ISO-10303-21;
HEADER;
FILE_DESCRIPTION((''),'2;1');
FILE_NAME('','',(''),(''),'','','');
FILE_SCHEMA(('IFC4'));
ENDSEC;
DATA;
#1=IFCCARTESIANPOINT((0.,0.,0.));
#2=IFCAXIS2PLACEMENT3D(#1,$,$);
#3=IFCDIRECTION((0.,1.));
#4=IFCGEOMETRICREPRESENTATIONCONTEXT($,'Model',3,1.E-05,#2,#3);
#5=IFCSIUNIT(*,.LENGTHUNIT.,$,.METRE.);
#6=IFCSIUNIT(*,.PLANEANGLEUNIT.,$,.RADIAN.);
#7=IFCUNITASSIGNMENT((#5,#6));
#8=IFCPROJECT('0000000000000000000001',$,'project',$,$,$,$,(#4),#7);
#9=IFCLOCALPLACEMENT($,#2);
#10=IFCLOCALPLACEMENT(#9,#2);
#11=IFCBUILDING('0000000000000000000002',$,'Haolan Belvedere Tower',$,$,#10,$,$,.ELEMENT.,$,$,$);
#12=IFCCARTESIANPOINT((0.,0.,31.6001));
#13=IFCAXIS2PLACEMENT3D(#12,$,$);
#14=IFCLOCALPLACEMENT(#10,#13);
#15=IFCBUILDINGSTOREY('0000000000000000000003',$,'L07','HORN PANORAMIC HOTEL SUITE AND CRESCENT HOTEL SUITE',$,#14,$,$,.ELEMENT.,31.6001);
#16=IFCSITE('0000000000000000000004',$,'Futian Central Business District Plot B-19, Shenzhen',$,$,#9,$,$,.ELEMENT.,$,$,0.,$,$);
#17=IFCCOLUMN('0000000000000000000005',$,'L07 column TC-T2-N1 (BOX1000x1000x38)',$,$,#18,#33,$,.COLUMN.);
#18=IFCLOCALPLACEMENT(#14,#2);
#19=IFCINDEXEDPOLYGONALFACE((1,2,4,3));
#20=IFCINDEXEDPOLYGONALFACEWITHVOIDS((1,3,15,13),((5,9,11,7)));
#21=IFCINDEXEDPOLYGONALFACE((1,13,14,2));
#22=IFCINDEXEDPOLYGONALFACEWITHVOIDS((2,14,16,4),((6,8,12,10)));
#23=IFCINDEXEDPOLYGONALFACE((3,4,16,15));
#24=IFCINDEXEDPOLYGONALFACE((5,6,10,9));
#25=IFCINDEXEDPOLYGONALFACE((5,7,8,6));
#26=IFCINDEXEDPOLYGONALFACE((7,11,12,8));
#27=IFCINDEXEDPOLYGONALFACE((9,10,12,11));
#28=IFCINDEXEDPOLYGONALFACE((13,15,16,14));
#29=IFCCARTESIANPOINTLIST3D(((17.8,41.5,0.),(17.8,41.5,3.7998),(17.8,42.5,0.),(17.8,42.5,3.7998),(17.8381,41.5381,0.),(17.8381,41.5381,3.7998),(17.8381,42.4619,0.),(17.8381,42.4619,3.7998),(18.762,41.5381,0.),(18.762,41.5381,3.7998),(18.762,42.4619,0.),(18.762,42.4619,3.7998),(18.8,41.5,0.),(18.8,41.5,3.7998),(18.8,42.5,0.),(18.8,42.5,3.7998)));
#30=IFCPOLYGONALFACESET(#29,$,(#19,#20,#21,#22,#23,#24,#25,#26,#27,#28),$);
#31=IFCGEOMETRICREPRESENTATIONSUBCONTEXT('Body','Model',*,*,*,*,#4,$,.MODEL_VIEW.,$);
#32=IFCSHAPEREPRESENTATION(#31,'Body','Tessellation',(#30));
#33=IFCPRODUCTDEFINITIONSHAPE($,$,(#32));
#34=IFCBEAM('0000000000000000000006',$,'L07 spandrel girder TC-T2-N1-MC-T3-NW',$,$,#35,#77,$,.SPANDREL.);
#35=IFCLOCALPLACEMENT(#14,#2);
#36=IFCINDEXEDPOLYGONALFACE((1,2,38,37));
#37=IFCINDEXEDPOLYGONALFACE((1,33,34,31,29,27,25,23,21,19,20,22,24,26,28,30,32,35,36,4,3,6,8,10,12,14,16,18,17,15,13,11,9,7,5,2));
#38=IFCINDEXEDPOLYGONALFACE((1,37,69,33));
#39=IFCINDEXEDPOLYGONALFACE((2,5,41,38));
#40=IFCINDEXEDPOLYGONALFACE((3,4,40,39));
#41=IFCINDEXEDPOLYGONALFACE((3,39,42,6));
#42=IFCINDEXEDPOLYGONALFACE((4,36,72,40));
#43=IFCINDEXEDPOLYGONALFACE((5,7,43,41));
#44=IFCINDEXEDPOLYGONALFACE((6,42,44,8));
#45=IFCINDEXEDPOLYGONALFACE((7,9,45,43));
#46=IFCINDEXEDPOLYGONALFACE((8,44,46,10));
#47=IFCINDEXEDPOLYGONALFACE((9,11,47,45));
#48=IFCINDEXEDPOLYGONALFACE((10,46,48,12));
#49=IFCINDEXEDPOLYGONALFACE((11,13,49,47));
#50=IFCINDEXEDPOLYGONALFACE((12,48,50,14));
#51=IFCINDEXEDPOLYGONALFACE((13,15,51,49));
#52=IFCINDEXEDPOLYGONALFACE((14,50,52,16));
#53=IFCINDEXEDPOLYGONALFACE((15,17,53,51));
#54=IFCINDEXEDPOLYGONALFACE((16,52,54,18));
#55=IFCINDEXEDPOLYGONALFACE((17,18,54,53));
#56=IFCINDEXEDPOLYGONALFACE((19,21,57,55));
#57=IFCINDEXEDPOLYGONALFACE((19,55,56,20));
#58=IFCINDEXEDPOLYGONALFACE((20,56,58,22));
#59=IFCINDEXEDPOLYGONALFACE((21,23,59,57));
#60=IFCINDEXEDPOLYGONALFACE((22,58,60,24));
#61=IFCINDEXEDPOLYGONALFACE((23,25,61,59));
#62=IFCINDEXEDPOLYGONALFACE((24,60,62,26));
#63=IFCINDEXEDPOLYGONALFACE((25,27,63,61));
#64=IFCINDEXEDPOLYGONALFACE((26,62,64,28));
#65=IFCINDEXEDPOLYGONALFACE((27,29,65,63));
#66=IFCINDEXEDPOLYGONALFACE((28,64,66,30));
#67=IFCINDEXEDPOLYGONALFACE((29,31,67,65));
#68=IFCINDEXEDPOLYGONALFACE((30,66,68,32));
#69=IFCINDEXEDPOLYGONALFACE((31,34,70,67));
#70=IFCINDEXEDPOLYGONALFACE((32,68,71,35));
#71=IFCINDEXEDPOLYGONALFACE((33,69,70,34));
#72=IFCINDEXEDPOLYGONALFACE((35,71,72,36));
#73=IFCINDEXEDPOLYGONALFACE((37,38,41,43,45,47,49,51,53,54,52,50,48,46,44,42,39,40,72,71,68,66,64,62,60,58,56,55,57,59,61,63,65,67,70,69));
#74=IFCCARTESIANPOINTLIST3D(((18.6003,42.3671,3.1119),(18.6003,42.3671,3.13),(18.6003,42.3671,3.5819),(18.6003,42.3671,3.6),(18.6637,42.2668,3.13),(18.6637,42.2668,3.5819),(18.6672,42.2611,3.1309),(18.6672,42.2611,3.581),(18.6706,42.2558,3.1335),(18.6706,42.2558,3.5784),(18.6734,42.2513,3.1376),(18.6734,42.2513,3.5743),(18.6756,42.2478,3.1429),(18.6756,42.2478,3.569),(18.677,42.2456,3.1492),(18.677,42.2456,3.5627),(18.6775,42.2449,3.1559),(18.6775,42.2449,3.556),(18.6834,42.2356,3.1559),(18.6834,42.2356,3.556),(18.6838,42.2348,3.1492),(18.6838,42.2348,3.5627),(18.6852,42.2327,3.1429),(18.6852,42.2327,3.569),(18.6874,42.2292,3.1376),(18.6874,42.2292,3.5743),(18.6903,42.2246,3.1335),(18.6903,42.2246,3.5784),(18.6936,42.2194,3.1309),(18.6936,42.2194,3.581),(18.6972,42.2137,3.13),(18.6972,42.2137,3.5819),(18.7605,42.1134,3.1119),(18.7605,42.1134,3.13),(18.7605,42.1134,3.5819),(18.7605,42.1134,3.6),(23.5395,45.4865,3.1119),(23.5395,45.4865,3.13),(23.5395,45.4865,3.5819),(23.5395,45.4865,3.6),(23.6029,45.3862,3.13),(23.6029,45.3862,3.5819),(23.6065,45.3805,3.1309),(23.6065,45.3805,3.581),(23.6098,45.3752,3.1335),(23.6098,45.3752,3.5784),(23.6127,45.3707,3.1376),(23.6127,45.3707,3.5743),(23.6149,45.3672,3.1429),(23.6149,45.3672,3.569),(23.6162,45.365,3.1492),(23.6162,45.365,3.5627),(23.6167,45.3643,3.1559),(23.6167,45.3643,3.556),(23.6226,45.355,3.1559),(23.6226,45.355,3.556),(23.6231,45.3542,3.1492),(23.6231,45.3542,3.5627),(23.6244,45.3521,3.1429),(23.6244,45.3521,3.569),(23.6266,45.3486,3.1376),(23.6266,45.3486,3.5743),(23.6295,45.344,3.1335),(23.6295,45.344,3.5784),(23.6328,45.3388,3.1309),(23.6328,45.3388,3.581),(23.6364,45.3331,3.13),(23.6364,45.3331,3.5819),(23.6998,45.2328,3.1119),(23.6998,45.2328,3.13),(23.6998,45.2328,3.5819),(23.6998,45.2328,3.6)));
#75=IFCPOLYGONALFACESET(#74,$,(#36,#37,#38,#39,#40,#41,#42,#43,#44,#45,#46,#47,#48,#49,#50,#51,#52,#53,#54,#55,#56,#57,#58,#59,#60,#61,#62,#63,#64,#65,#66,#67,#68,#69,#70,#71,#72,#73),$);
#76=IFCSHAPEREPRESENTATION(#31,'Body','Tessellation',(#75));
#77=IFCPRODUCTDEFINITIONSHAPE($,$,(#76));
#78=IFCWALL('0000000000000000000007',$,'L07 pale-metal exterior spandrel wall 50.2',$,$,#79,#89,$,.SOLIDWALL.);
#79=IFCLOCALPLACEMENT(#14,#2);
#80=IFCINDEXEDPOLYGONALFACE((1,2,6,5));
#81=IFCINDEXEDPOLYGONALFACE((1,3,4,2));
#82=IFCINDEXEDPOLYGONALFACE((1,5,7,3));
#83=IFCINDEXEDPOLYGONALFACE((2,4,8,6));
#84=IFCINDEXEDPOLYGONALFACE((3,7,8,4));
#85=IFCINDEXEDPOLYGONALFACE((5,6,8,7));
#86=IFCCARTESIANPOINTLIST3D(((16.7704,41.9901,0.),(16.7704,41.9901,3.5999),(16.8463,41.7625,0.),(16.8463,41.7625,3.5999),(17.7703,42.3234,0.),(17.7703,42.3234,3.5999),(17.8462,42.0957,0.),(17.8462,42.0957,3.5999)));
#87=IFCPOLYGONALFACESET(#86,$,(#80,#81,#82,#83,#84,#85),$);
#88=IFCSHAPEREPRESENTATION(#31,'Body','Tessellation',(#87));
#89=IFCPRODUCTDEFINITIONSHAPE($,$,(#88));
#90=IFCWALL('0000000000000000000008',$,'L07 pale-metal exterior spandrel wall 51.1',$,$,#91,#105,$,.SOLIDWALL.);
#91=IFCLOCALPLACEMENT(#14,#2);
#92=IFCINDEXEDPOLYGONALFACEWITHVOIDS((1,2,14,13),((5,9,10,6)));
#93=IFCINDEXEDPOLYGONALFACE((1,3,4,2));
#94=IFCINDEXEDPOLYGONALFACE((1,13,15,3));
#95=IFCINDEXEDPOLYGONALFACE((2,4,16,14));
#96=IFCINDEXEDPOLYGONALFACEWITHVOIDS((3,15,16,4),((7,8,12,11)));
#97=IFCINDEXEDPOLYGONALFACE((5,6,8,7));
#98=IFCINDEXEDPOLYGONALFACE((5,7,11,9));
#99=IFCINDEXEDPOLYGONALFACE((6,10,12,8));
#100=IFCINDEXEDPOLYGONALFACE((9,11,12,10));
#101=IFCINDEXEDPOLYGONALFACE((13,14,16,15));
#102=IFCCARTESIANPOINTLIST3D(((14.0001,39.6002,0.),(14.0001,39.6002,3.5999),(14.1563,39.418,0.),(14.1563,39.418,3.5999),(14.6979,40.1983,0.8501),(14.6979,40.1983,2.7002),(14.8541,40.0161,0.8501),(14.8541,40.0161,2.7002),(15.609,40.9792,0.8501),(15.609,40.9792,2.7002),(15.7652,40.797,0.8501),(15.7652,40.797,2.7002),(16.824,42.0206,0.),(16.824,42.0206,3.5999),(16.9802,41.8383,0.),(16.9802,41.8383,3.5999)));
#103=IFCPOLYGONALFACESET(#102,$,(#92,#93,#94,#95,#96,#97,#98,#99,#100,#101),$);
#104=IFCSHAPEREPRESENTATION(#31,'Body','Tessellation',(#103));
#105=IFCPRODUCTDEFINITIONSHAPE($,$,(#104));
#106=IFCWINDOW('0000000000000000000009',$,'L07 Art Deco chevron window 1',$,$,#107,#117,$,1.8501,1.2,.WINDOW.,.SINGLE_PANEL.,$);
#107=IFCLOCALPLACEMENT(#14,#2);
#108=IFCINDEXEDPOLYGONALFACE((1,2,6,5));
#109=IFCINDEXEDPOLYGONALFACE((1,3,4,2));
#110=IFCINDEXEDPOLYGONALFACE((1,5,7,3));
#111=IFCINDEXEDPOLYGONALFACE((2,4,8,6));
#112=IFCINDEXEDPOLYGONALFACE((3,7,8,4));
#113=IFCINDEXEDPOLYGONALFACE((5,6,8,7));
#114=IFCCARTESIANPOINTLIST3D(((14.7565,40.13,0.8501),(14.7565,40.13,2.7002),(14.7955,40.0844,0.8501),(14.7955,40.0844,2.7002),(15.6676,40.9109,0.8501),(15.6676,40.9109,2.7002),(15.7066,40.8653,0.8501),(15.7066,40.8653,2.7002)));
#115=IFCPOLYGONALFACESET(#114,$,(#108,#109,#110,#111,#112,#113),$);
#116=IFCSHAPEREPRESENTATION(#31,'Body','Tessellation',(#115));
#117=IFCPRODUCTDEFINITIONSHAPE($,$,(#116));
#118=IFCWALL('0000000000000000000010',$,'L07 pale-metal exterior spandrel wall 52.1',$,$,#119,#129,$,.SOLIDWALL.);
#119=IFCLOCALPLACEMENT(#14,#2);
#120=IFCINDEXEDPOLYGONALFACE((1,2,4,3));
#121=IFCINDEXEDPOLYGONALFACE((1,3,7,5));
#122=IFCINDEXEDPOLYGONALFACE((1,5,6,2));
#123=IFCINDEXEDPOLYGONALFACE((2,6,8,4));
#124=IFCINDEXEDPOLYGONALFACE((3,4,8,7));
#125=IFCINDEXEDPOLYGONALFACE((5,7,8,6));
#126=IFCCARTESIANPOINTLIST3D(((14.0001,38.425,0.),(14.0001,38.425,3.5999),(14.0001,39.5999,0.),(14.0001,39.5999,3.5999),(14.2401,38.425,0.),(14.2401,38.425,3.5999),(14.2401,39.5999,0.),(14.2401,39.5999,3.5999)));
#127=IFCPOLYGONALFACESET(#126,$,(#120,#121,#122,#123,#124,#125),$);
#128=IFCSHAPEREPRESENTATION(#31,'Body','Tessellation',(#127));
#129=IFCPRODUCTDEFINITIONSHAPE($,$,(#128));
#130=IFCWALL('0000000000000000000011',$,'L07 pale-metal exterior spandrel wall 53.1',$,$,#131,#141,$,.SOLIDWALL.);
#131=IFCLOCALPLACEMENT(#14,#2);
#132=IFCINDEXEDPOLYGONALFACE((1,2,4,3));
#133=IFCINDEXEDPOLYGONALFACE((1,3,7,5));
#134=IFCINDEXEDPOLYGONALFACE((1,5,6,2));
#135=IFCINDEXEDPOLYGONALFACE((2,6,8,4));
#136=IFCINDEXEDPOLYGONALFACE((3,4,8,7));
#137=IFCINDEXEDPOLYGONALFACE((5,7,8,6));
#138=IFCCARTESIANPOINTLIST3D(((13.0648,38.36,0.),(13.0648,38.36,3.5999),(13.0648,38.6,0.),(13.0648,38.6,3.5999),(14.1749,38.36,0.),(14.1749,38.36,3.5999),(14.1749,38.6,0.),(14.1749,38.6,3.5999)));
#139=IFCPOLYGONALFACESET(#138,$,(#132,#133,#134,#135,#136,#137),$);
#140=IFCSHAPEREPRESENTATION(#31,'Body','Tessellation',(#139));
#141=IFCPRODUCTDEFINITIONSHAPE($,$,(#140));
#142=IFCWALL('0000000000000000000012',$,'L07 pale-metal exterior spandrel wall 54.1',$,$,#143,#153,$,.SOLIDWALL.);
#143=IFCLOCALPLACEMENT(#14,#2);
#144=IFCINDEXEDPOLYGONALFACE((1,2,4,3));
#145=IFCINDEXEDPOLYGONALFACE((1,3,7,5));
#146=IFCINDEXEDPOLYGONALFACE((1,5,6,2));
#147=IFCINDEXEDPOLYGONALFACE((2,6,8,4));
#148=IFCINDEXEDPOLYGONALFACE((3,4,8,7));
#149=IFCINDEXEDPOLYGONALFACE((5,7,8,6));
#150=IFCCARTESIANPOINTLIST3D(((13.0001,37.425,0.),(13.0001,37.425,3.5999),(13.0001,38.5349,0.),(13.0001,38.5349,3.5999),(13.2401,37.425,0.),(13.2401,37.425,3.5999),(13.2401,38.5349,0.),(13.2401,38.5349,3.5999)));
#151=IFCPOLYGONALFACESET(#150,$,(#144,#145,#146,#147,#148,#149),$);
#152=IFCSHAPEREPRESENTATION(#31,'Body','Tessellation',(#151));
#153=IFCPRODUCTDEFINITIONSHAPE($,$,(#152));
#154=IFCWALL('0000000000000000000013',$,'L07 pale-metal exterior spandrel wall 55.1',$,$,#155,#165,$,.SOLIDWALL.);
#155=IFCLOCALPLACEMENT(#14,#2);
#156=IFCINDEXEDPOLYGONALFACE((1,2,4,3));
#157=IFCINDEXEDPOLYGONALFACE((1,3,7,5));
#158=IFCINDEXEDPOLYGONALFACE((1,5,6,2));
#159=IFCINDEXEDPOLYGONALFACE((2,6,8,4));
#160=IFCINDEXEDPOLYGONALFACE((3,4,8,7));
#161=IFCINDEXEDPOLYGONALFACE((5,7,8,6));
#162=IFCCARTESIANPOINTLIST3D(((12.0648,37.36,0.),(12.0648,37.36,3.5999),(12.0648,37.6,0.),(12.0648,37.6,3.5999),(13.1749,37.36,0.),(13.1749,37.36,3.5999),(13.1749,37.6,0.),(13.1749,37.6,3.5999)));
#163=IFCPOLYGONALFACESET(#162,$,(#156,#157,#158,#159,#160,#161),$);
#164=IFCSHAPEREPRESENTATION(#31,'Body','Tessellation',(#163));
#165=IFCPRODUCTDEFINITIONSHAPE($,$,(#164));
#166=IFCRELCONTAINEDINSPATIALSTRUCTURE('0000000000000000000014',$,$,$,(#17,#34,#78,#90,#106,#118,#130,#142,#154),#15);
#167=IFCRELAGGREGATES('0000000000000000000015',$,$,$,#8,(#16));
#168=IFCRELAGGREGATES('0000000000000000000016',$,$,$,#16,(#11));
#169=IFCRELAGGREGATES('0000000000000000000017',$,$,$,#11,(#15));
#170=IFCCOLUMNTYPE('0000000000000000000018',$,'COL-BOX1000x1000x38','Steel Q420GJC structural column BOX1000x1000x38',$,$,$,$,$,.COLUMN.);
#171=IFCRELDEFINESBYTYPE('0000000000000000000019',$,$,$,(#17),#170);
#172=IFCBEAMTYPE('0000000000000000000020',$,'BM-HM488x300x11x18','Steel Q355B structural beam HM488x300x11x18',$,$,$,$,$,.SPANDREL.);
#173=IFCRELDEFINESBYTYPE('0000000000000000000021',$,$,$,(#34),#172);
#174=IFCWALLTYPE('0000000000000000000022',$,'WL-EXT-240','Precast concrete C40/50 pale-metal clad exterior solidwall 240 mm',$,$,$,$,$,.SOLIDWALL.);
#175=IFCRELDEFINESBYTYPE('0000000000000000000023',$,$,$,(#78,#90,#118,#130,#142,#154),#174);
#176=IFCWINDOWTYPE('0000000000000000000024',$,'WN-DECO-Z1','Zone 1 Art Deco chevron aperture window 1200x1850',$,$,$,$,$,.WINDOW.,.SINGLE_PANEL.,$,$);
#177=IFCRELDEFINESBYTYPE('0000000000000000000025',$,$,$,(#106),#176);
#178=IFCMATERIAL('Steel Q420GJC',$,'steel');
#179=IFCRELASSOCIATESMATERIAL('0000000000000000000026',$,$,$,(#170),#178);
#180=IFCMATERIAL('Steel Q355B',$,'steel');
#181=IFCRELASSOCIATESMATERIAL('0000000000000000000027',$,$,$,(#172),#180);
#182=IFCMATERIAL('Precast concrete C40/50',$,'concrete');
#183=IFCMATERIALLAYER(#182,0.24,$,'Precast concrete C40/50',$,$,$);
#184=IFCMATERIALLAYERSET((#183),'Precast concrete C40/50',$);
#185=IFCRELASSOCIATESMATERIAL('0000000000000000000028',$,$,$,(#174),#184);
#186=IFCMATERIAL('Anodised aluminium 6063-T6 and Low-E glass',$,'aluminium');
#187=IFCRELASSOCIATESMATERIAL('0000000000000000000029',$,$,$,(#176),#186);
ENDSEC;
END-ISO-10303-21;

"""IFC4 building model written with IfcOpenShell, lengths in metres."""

from ifc_helpers import new_model, si_unit, direction, frame, frame_2d, origin, origin_2d, place, context, subcontext, project, spatial, rectangle, hollow_rectangle, i_section, extrude, material, layer, layer_set, material_profile, profile_set, type_object, element, fill, save


model = new_model("IFC4")

# Units and contexts
model_context = context("Model", 3, precision=1e-05, world=origin(), true_north=direction((0.0, 1.0)))
body_context = subcontext(model_context, "Body", "Model", "MODEL_VIEW")
ifc_project = project(units=[si_unit("LENGTHUNIT", "METRE"), si_unit("PLANEANGLEUNIT", "RADIAN")], contexts=[model_context])

# Site, building, storey
site_placement = place(None, origin())
site = spatial("IfcSite", under=ifc_project, at=site_placement, Name="Futian Central Business District Plot B-19, Shenzhen", CompositionType="ELEMENT", RefElevation=0.0)
building_placement = place(site_placement, origin())
building = spatial("IfcBuilding", under=site, at=building_placement, Name="Haolan Belvedere Tower", CompositionType="ELEMENT")
storey_placement = place(building_placement, frame((0.0, 0.0, 31.6001)))
storey = spatial("IfcBuildingStorey", under=building, at=storey_placement, Name="L07", Description="HORN PANORAMIC HOTEL SUITE AND CRESCENT HOTEL SUITE", CompositionType="ELEMENT", Elevation=31.6001)

# Column
ifc_material_1 = material(Name="Steel Q420GJC", Category="steel")
ifc_material_profile_1 = material_profile(ifc_material_1, hollow_rectangle(XDim=1.0, YDim=1.0, WallThickness=0.0381, at=origin_2d()), Name="Steel Q420GJC")
ifc_profile_set_1 = profile_set([ifc_material_profile_1], Name="Steel Q420GJC")
column_type = type_object("IfcColumnType", Name="COL-BOX1000x1000x38", Description="Steel Q420GJC structural column BOX1000x1000x38", PredefinedType="COLUMN", material=ifc_profile_set_1)
column_placement = place(storey_placement, frame((18.3, 42.0, 0.0), z_axis=(0.0, 0.0, 1.0), x_axis=(1.0, 0.0, 0.0)))
element("IfcColumn", 1, at=column_placement, inside=storey, type_object=column_type, Name="L07 column TC-T2-N1 (BOX1000x1000x38)", PredefinedType="COLUMN", context=body_context, shape_type="SweptSolid", body=[
    extrude(hollow_rectangle(XDim=1.0, YDim=1.0, WallThickness=0.0381, at=origin_2d()), origin(), (0.0, 0.0, 1.0), 3.7998),
])

# Beam
ifc_material_2 = material(Name="Steel Q355B", Category="steel")
ifc_material_profile_2 = material_profile(ifc_material_2, i_section(OverallWidth=0.3, OverallDepth=0.488, WebThickness=0.011, FlangeThickness=0.0181, FilletRadius=0.0259, at=origin_2d()), Name="Steel Q355B")
ifc_profile_set_2 = profile_set([ifc_material_profile_2], Name="Steel Q355B")
beam_type = type_object("IfcBeamType", Name="BM-HM488x300x11x18", Description="Steel Q355B structural beam HM488x300x11x18", PredefinedType="SPANDREL", material=ifc_profile_set_2)
beam_placement = place(storey_placement, frame((18.6804, 42.2402, 3.356), z_axis=(0.845498, 0.533979, 0.0), x_axis=(-0.533979, 0.845498, 0.0)))
element("IfcBeam", 2, at=beam_placement, inside=storey, type_object=beam_type, Name="L07 spandrel girder TC-T2-N1-MC-T3-NW", PredefinedType="SPANDREL", context=body_context, shape_type="SweptSolid", body=[
    extrude(i_section(OverallWidth=0.3, OverallDepth=0.488, WebThickness=0.011, FlangeThickness=0.0181, FilletRadius=0.0259, at=origin_2d()), origin(), (0.0, 0.0, 1.0), 5.8418),
])

# Wall
ifc_material_3 = material(Name="Precast concrete C40/50", Category="concrete")
ifc_layer_1 = layer(ifc_material_3, 0.24, Name="Precast concrete C40/50")
ifc_layer_set_1 = layer_set([ifc_layer_1], Name="Precast concrete C40/50")
wall_type_1 = type_object("IfcWallType", Name="WL-EXT-240", Description="Precast concrete C40/50 pale-metal clad exterior solidwall 240 mm", PredefinedType="SOLIDWALL", material=ifc_layer_set_1)
wall_1_placement = place(storey_placement, frame((17.8081, 42.2095, 0.0), z_axis=(0.0, 0.0, 1.0), x_axis=(-0.948706, -0.316158, 0.0)))
element("IfcWall", 3, at=wall_1_placement, inside=storey, type_object=wall_type_1, Name="L07 pale-metal exterior spandrel wall 50.2", PredefinedType="SOLIDWALL", context=body_context, shape_type="SweptSolid", body=[
    extrude(rectangle(XDim=1.054, YDim=0.24, at=frame_2d((0.5269, 0.0))), origin(), (0.0, 0.0, 1.0), 3.5999),
])

# Wall, opening, window
wall_2_placement = place(storey_placement, frame((16.9021, 41.9294, 0.0), z_axis=(0.0, 0.0, 1.0), x_axis=(-0.759275, -0.65077, 0.0)))
wall_2 = element("IfcWall", 4, at=wall_2_placement, inside=storey, type_object=wall_type_1, Name="L07 pale-metal exterior spandrel wall 51.1", PredefinedType="SOLIDWALL", context=body_context, shape_type="SweptSolid", body=[
    extrude(rectangle(XDim=3.7192, YDim=0.24, at=frame_2d((1.8596, 0.0))), origin(), (0.0, 0.0, 1.0), 3.5999),
])
opening_1_placement = place(wall_2_placement, frame((1.6001, 0.0, 0.8501)))
opening_1 = element("IfcOpeningElement", 5, at=opening_1_placement, cuts=wall_2, PredefinedType="OPENING", context=body_context, shape_type="SweptSolid", body=[
    extrude(rectangle(XDim=1.2, YDim=1.8501, at=frame_2d((0.6001, 0.925))), frame((0.0, 0.1299, 0.0), z_axis=(0.0, -1.0, 0.0), x_axis=(1.0, 0.0, 0.0)), (0.0, 0.0, 1.0), 0.26),
])
ifc_material_4 = material(Name="Anodised aluminium 6063-T6 and Low-E glass", Category="aluminium")
window_type = type_object("IfcWindowType", Name="WN-DECO-Z1", Description="Zone 1 Art Deco chevron aperture window 1200x1850", PartitioningType="SINGLE_PANEL", PredefinedType="WINDOW", material=ifc_material_4)
window_1_placement = place(opening_1_placement, origin())
window_1 = element("IfcWindow", 6, at=window_1_placement, inside=storey, type_object=window_type, Name="L07 Art Deco chevron window 1", OverallHeight=1.8501, OverallWidth=1.2, PartitioningType="SINGLE_PANEL", PredefinedType="WINDOW", context=body_context, shape_type="SweptSolid", body=[
    extrude(rectangle(XDim=1.2, YDim=1.8501, at=frame_2d((0.6001, 0.925))), frame((0.0, 0.03, 0.0), z_axis=(0.0, -1.0, 0.0), x_axis=(1.0, 0.0, 0.0)), (0.0, 0.0, 1.0), 0.0601),
])
fill(opening_1, window_1)

# Walls
wall_3_placement = place(storey_placement, frame((14.1201, 39.5999, 0.0), z_axis=(0.0, 0.0, 1.0), x_axis=(0.0, -1.0, 0.0)))
element("IfcWall", 7, at=wall_3_placement, inside=storey, type_object=wall_type_1, Name="L07 pale-metal exterior spandrel wall 52.1", PredefinedType="SOLIDWALL", context=body_context, shape_type="SweptSolid", body=[
    extrude(rectangle(XDim=1.1748, YDim=0.24, at=frame_2d((0.5874, 0.0))), origin(), (0.0, 0.0, 1.0), 3.5999),
])
wall_4_placement = place(storey_placement, frame((14.175, 38.48, 0.0), z_axis=(0.0, 0.0, 1.0), x_axis=(-1.0, 0.0, 0.0)))
element("IfcWall", 8, at=wall_4_placement, inside=storey, type_object=wall_type_1, Name="L07 pale-metal exterior spandrel wall 53.1", PredefinedType="SOLIDWALL", context=body_context, shape_type="SweptSolid", body=[
    extrude(rectangle(XDim=1.1101, YDim=0.24, at=frame_2d((0.5552, 0.0))), origin(), (0.0, 0.0, 1.0), 3.5999),
])
wall_5_placement = place(storey_placement, frame((13.1201, 38.5349, 0.0), z_axis=(0.0, 0.0, 1.0), x_axis=(0.0, -1.0, 0.0)))
element("IfcWall", 9, at=wall_5_placement, inside=storey, type_object=wall_type_1, Name="L07 pale-metal exterior spandrel wall 54.1", PredefinedType="SOLIDWALL", context=body_context, shape_type="SweptSolid", body=[
    extrude(rectangle(XDim=1.1099, YDim=0.24, at=frame_2d((0.5549, 0.0))), origin(), (0.0, 0.0, 1.0), 3.5999),
])
wall_6_placement = place(storey_placement, frame((13.175, 37.48, 0.0), z_axis=(0.0, 0.0, 1.0), x_axis=(-1.0, 0.0, 0.0)))
element("IfcWall", 10, at=wall_6_placement, inside=storey, type_object=wall_type_1, Name="L07 pale-metal exterior spandrel wall 55.1", PredefinedType="SOLIDWALL", context=body_context, shape_type="SweptSolid", body=[
    extrude(rectangle(XDim=1.1101, YDim=0.24, at=frame_2d((0.5552, 0.0))), origin(), (0.0, 0.0, 1.0), 3.5999),
])

save(model, "model.ifc")
